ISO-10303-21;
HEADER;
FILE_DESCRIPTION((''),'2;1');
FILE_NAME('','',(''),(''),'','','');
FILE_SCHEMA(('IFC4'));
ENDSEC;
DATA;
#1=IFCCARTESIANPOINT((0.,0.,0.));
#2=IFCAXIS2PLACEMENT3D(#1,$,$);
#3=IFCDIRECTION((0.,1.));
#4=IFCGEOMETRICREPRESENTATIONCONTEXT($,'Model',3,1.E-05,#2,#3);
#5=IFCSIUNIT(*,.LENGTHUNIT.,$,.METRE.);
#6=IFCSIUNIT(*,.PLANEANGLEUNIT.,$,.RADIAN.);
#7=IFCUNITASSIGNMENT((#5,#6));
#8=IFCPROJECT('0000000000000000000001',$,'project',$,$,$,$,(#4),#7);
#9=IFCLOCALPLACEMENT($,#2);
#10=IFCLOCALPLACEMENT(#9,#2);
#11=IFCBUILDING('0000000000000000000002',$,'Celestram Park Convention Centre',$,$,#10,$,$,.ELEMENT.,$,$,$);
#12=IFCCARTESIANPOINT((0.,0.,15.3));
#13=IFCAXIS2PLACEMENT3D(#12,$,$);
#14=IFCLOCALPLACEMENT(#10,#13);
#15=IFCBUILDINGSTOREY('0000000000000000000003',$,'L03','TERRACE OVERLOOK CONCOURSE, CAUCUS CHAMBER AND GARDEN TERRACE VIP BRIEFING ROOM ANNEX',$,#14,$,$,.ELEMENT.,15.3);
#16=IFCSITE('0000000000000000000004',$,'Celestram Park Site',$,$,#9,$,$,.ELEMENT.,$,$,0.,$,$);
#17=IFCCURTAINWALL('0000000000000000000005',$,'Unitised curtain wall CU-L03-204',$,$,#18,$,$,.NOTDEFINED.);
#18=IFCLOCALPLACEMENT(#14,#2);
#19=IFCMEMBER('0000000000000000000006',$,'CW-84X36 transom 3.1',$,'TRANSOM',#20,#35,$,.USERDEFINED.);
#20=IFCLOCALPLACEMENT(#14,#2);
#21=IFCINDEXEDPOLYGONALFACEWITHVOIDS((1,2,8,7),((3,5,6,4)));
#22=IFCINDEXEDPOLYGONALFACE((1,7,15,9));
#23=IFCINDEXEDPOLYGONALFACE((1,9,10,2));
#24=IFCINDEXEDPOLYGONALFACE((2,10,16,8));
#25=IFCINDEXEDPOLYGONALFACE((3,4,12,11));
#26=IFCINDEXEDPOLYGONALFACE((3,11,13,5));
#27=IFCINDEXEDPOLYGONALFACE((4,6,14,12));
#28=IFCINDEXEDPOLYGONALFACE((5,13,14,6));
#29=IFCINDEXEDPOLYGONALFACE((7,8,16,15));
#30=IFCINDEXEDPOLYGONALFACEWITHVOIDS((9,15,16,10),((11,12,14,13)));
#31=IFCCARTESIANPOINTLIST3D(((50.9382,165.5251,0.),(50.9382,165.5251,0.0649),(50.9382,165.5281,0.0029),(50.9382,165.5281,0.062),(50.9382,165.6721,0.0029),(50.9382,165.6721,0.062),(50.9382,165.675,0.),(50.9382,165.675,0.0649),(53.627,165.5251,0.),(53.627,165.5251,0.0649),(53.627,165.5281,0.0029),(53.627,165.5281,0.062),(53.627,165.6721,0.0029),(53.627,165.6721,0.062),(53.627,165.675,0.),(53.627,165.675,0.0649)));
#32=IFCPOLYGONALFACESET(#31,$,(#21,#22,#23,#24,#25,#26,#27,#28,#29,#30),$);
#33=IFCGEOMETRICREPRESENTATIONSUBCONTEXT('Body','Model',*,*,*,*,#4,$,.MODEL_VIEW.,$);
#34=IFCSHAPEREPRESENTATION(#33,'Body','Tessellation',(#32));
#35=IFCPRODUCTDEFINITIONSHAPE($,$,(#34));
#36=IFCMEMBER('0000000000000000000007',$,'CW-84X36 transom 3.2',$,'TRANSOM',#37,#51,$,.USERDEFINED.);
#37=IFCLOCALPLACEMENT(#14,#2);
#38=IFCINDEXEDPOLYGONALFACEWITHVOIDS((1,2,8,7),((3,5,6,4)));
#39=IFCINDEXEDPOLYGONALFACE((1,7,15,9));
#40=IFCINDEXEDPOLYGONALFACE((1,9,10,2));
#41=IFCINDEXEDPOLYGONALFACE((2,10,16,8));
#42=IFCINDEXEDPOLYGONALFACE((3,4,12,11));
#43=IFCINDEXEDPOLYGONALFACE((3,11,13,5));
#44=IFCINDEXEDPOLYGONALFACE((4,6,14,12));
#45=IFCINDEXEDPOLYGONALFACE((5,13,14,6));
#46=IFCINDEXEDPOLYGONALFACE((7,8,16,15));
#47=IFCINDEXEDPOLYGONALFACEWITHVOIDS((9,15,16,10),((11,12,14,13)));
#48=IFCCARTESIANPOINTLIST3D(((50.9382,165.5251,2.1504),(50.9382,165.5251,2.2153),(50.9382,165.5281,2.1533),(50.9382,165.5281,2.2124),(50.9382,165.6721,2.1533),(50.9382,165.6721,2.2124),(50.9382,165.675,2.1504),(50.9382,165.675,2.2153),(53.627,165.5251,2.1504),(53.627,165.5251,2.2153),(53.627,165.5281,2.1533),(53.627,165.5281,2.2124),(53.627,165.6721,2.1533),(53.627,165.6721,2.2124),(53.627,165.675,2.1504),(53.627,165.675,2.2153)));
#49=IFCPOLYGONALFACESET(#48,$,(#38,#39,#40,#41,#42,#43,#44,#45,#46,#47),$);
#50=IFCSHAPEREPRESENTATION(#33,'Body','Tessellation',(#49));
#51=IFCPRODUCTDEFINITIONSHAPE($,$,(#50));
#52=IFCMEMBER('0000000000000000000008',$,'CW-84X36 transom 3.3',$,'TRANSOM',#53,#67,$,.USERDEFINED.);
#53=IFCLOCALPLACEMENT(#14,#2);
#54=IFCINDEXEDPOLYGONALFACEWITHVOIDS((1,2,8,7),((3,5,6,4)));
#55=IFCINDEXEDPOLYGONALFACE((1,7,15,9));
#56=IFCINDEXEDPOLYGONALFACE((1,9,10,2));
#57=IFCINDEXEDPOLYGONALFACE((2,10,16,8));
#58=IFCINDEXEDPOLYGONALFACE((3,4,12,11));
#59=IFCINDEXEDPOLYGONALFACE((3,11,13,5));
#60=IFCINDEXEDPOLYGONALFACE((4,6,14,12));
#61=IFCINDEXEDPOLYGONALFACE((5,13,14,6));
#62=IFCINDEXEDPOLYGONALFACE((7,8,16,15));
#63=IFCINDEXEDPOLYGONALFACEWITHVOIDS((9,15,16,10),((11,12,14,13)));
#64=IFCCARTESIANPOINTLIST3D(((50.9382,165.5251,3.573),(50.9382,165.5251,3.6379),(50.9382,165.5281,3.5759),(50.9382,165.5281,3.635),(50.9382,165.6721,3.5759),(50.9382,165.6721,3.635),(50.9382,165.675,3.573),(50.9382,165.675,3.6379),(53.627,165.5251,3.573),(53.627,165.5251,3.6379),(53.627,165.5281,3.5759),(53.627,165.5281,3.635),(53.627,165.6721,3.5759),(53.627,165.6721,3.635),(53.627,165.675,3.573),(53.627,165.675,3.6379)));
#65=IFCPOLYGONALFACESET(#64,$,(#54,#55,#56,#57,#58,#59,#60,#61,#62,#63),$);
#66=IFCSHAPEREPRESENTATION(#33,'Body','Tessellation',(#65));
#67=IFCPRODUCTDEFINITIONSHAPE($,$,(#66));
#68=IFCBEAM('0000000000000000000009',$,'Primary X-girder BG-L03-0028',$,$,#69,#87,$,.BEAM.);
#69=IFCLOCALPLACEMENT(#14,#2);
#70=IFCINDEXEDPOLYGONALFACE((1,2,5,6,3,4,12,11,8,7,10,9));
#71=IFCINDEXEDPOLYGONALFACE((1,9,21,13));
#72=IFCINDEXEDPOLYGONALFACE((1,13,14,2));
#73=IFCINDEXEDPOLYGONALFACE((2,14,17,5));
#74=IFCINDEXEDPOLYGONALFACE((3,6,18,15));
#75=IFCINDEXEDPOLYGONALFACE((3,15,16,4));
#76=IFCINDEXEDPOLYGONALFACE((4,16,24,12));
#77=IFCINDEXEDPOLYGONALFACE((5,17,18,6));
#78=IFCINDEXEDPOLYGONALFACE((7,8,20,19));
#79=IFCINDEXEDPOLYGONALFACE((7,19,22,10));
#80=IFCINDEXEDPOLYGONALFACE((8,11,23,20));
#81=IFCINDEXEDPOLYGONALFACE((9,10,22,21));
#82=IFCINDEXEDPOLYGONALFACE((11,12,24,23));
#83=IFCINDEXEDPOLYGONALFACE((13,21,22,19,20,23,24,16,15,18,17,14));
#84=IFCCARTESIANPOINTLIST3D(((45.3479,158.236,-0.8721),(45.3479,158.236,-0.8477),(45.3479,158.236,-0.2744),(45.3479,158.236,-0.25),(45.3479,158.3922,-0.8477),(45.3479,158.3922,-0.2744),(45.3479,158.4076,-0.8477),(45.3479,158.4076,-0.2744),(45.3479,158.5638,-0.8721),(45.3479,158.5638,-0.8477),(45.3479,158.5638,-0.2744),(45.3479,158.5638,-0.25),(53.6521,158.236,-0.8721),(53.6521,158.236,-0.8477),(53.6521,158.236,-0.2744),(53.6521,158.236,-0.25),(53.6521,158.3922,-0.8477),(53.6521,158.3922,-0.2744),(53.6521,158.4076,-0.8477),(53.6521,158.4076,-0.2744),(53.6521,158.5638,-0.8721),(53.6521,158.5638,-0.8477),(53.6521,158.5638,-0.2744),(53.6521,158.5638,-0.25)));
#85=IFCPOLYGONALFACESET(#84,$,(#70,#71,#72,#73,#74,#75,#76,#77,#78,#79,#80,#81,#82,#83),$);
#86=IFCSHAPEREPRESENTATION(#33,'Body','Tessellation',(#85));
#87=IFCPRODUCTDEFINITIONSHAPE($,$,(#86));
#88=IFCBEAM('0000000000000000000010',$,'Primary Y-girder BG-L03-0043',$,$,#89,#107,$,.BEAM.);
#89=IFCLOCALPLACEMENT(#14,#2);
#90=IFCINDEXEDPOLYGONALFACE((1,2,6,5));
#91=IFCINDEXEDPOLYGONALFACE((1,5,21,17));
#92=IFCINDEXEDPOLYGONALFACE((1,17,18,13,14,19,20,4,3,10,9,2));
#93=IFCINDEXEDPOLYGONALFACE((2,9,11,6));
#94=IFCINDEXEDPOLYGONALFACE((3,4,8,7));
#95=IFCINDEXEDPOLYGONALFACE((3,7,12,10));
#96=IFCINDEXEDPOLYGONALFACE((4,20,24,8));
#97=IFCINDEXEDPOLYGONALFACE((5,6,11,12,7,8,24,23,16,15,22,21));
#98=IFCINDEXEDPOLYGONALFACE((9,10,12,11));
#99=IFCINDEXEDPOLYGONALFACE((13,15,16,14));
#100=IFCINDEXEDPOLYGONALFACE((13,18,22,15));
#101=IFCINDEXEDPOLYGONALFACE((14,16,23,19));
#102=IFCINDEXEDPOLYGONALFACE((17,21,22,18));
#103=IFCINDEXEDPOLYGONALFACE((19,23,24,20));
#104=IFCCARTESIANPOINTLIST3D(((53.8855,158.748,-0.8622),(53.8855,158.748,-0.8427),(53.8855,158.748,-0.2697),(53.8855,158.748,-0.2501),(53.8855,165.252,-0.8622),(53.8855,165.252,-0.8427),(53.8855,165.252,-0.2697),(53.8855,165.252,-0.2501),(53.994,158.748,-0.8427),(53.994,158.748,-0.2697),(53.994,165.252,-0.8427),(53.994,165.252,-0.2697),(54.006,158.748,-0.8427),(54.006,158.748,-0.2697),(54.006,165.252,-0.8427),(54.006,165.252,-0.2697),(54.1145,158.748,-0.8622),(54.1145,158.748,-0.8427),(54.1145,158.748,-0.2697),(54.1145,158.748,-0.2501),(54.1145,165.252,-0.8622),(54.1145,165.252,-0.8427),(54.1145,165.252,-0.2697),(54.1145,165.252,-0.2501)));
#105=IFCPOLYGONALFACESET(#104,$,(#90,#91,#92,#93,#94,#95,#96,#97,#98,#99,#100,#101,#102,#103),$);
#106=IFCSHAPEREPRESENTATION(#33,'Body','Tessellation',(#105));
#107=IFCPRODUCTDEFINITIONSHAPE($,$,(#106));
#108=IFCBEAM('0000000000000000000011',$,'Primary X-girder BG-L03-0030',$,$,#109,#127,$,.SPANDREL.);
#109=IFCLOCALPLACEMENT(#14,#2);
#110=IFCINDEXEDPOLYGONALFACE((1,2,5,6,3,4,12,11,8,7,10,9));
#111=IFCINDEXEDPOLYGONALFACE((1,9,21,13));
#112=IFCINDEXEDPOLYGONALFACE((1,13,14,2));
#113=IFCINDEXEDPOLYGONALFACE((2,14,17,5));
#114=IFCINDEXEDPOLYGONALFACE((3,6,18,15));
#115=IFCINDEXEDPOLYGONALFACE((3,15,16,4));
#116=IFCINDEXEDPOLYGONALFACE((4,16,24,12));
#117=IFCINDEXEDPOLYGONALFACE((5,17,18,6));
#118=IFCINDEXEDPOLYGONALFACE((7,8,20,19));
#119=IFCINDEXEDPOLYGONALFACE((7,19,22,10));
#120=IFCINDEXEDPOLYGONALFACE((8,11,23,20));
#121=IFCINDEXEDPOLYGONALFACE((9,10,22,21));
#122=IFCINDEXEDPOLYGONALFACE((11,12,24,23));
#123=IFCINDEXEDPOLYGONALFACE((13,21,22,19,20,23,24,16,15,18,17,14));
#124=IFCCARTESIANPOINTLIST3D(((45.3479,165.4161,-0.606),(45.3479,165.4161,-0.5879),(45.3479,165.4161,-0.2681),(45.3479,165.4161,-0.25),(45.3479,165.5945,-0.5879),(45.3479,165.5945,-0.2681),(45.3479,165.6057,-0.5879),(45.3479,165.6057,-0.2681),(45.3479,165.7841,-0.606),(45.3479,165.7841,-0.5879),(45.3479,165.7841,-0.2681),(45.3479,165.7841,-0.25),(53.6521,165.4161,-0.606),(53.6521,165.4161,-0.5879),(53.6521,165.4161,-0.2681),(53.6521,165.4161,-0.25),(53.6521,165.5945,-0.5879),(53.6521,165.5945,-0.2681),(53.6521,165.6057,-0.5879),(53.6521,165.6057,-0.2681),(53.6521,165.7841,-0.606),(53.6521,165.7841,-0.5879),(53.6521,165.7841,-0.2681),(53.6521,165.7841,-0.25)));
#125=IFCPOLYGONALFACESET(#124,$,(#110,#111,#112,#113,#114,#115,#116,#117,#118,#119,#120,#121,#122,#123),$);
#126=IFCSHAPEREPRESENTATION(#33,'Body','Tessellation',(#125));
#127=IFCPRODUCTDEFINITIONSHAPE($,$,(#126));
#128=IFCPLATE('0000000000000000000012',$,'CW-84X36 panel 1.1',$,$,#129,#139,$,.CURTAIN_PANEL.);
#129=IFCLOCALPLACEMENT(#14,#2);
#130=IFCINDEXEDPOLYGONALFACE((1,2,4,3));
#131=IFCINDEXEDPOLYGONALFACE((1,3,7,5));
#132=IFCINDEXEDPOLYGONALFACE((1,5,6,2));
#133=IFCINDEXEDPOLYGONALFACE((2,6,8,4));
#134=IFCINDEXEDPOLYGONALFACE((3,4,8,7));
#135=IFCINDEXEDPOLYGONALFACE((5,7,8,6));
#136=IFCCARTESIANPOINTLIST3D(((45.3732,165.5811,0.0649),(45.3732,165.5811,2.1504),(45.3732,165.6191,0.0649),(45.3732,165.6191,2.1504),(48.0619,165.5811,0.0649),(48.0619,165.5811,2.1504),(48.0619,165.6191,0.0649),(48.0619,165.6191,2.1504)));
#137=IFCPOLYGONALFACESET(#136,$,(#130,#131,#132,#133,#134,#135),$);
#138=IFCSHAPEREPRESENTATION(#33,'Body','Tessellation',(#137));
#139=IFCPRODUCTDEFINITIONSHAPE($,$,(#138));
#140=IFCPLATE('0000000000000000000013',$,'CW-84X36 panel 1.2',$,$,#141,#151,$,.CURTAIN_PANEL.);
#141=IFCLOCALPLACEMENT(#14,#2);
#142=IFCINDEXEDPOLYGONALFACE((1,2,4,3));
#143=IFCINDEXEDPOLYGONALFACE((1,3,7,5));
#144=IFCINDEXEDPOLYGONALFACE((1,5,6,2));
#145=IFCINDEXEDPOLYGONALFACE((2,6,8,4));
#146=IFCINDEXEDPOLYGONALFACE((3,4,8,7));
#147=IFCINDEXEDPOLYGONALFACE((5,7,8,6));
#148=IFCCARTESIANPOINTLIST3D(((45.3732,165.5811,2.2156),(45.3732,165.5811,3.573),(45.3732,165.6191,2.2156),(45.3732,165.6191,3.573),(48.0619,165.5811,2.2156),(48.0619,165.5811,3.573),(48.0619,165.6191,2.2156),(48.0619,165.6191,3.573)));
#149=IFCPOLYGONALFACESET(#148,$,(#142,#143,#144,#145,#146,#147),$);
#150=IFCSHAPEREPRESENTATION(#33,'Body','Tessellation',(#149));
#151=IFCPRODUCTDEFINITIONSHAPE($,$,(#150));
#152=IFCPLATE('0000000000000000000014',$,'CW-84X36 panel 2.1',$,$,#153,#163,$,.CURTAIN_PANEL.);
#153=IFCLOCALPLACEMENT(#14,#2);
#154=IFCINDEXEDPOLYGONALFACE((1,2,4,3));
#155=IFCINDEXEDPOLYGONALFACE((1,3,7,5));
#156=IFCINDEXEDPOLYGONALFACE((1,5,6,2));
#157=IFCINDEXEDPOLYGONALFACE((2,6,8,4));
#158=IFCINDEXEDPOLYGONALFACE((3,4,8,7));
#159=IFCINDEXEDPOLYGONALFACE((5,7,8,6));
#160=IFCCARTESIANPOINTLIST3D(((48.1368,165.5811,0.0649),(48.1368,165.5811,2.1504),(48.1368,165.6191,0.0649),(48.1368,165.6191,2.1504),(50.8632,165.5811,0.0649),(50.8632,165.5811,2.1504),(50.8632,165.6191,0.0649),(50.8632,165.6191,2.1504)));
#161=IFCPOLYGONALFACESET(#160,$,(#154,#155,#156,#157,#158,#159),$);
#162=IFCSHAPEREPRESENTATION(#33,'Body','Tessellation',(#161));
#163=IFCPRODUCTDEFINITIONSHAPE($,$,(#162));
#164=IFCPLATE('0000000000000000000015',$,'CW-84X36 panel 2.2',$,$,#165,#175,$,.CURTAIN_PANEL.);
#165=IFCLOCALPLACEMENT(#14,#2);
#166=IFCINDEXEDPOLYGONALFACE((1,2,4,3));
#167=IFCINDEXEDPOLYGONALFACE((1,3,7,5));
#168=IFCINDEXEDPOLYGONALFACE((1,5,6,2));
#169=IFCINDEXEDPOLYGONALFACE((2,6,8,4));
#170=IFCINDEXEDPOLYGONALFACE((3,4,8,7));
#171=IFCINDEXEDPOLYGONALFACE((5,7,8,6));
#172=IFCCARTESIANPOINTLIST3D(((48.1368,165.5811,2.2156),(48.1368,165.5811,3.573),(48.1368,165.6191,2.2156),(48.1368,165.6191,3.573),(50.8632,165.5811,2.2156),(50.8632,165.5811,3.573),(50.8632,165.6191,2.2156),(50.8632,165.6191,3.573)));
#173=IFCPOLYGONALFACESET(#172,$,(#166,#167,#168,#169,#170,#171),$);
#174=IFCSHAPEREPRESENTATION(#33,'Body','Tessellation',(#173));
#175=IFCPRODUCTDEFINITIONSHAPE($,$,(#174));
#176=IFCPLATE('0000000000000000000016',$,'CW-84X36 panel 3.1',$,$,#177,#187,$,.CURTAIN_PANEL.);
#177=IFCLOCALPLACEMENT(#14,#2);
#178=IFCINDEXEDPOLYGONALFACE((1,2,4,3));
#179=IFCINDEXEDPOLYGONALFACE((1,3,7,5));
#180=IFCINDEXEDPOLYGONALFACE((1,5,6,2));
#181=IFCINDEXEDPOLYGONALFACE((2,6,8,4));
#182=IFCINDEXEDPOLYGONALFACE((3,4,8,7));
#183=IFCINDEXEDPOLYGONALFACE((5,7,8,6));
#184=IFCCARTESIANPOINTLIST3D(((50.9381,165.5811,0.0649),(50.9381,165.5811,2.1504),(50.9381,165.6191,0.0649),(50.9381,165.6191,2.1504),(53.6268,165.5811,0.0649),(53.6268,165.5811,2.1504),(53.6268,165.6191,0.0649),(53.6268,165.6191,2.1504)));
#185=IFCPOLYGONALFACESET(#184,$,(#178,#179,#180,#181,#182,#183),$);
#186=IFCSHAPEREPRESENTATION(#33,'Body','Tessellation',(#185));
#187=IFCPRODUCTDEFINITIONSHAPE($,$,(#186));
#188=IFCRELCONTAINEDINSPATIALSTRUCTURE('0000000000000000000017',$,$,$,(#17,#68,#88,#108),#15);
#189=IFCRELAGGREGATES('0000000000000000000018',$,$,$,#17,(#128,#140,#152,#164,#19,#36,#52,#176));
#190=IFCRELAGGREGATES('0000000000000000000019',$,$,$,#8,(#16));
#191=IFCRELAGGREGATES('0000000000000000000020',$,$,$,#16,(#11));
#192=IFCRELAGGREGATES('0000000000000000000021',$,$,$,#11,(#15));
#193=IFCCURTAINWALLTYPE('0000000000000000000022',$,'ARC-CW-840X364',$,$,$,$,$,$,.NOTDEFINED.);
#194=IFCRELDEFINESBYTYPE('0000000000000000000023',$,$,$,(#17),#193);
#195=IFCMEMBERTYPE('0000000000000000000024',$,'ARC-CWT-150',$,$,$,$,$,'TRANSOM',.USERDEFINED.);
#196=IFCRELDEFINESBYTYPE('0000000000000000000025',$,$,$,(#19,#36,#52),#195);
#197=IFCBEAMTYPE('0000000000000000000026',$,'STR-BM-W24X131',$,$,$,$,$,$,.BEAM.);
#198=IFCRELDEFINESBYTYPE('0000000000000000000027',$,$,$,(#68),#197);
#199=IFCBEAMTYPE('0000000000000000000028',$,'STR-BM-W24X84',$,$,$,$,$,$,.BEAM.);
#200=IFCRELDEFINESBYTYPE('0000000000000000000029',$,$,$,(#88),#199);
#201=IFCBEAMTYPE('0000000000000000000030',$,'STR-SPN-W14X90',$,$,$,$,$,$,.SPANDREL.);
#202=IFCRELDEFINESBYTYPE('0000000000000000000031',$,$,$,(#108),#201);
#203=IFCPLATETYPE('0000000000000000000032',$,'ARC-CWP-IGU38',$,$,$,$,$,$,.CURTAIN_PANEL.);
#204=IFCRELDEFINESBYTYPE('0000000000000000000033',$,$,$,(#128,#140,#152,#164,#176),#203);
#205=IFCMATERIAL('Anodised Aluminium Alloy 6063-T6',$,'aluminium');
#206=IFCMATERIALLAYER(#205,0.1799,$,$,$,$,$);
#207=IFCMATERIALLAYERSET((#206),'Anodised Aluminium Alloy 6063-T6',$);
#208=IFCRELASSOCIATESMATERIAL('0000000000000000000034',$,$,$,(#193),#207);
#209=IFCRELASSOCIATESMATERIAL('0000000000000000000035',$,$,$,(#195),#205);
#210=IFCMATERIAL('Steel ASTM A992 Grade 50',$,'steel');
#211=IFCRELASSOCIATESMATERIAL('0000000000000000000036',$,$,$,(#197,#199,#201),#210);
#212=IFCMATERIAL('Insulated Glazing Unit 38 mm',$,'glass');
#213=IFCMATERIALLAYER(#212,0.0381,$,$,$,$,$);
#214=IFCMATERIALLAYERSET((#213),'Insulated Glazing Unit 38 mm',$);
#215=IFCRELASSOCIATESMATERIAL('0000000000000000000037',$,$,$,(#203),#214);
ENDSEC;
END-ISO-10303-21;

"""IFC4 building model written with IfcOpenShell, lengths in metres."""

from ifc_helpers import new_model, si_unit, direction, frame, origin, origin_2d, place, context, subcontext, project, spatial, rectangle, hollow_rectangle, i_section, extrude, material, layer, layer_set, material_profile, profile_set, type_object, element, aggregate, save


model = new_model("IFC4")

# Units and contexts
model_context = context("Model", 3, precision=1e-05, world=origin(), true_north=direction((0.0, 1.0)))
body_context = subcontext(model_context, "Body", "Model", "MODEL_VIEW")
ifc_project = project(units=[si_unit("LENGTHUNIT", "METRE"), si_unit("PLANEANGLEUNIT", "RADIAN")], contexts=[model_context])

# Site, building, storey
site_placement = place(None, origin())
site = spatial("IfcSite", under=ifc_project, at=site_placement, Name="Celestram Park Site", CompositionType="ELEMENT", RefElevation=0.0)
building_placement = place(site_placement, origin())
building = spatial("IfcBuilding", under=site, at=building_placement, Name="Celestram Park Convention Centre", CompositionType="ELEMENT")
storey_placement = place(building_placement, frame((0.0, 0.0, 15.3)))
storey = spatial("IfcBuildingStorey", under=building, at=storey_placement, Name="L03", Description="TERRACE OVERLOOK CONCOURSE, CAUCUS CHAMBER AND GARDEN TERRACE VIP BRIEFING ROOM ANNEX", CompositionType="ELEMENT", Elevation=15.3)

# Curtain wall, members
ifc_material_1 = material(Name="Anodised Aluminium Alloy 6063-T6", Category="aluminium")
ifc_layer_1 = layer(ifc_material_1, 0.1799)
ifc_layer_set_1 = layer_set([ifc_layer_1], Name="Anodised Aluminium Alloy 6063-T6")
curtain_wall_type = type_object("IfcCurtainWallType", Name="ARC-CW-840X364", PredefinedType="NOTDEFINED", material=ifc_layer_set_1)
curtain_wall_placement = place(storey_placement, origin())
curtain_wall = element("IfcCurtainWall", 1, at=curtain_wall_placement, inside=storey, type_object=curtain_wall_type, Name="Unitised curtain wall CU-L03-204", PredefinedType="NOTDEFINED")
ifc_material_profile_1 = material_profile(ifc_material_1, hollow_rectangle(XDim=0.1499, YDim=0.0649, WallThickness=0.0029, at=origin_2d()), Name="ALU150X65X3")
ifc_profile_set_1 = profile_set([ifc_material_profile_1], Name="Anodised Aluminium Alloy 6063-T6")
member_type_1 = type_object("IfcMemberType", Name="ARC-CWT-150", ElementType="TRANSOM", PredefinedType="USERDEFINED", material=ifc_profile_set_1)
member_1_placement = place(storey_placement, frame((50.9382, 165.6001, 0.0325), z_axis=(1.0, 0.0, 0.0), x_axis=(0.0, 1.0, 0.0)))
member_1 = element("IfcMember", 2, at=member_1_placement, type_object=member_type_1, Name="CW-84X36 transom 3.1", ObjectType="TRANSOM", PredefinedType="USERDEFINED", context=body_context, shape_type="SweptSolid", body=[
    extrude(hollow_rectangle(XDim=0.1499, YDim=0.0649, WallThickness=0.0029, at=origin_2d()), origin(), (0.0, 0.0, 1.0), 2.6887),
])
member_2_placement = place(storey_placement, frame((50.9382, 165.6001, 2.1829), z_axis=(1.0, 0.0, 0.0), x_axis=(0.0, 1.0, 0.0)))
member_2 = element("IfcMember", 3, at=member_2_placement, type_object=member_type_1, Name="CW-84X36 transom 3.2", ObjectType="TRANSOM", PredefinedType="USERDEFINED", context=body_context, shape_type="SweptSolid", body=[
    extrude(hollow_rectangle(XDim=0.1499, YDim=0.0649, WallThickness=0.0029, at=origin_2d()), origin(), (0.0, 0.0, 1.0), 2.6887),
])
member_3_placement = place(storey_placement, frame((50.9382, 165.6001, 3.6055), z_axis=(1.0, 0.0, 0.0), x_axis=(0.0, 1.0, 0.0)))
member_3 = element("IfcMember", 4, at=member_3_placement, type_object=member_type_1, Name="CW-84X36 transom 3.3", ObjectType="TRANSOM", PredefinedType="USERDEFINED", context=body_context, shape_type="SweptSolid", body=[
    extrude(hollow_rectangle(XDim=0.1499, YDim=0.0649, WallThickness=0.0029, at=origin_2d()), origin(), (0.0, 0.0, 1.0), 2.6887),
])

# Beams
ifc_material_2 = material(Name="Steel ASTM A992 Grade 50", Category="steel")
ifc_material_profile_2 = material_profile(ifc_material_2, i_section(OverallWidth=0.3279, OverallDepth=0.6221, WebThickness=0.0154, FlangeThickness=0.0244, at=origin_2d()), Name="W24X131")
ifc_profile_set_2 = profile_set([ifc_material_profile_2], Name="Steel ASTM A992 Grade 50")
beam_type_1 = type_object("IfcBeamType", Name="STR-BM-W24X131", PredefinedType="BEAM", material=ifc_profile_set_2)
beam_1_placement = place(storey_placement, frame((45.3479, 158.3999, -0.561), z_axis=(1.0, 0.0, 0.0), x_axis=(0.0, 1.0, 0.0)))
element("IfcBeam", 5, at=beam_1_placement, inside=storey, type_object=beam_type_1, Name="Primary X-girder BG-L03-0028", PredefinedType="BEAM", context=body_context, shape_type="SweptSolid", body=[
    extrude(i_section(OverallWidth=0.3279, OverallDepth=0.6221, WebThickness=0.0154, FlangeThickness=0.0244, at=origin_2d()), origin(), (0.0, 0.0, 1.0), 8.3042),
])
ifc_material_profile_3 = material_profile(ifc_material_2, i_section(OverallWidth=0.229, OverallDepth=0.6121, WebThickness=0.012, FlangeThickness=0.0195, at=origin_2d()), Name="W24X84")
ifc_profile_set_3 = profile_set([ifc_material_profile_3], Name="Steel ASTM A992 Grade 50")
beam_type_2 = type_object("IfcBeamType", Name="STR-BM-W24X84", PredefinedType="BEAM", material=ifc_profile_set_3)
beam_2_placement = place(storey_placement, frame((54.0, 158.748, -0.5562), z_axis=(0.0, 1.0, 0.0), x_axis=(-1.0, 0.0, 0.0)))
element("IfcBeam", 6, at=beam_2_placement, inside=storey, type_object=beam_type_2, Name="Primary Y-girder BG-L03-0043", PredefinedType="BEAM", context=body_context, shape_type="SweptSolid", body=[
    extrude(i_section(OverallWidth=0.229, OverallDepth=0.6121, WebThickness=0.012, FlangeThickness=0.0195, at=origin_2d()), origin(), (0.0, 0.0, 1.0), 6.5039),
])
ifc_material_profile_4 = material_profile(ifc_material_2, i_section(OverallWidth=0.3679, OverallDepth=0.356, WebThickness=0.0112, FlangeThickness=0.0181, at=origin_2d()), Name="W14X90")
ifc_profile_set_4 = profile_set([ifc_material_profile_4], Name="Steel ASTM A992 Grade 50")
beam_type_3 = type_object("IfcBeamType", Name="STR-SPN-W14X90", PredefinedType="SPANDREL", material=ifc_profile_set_4)
beam_3_placement = place(storey_placement, frame((45.3479, 165.6001, -0.428), z_axis=(1.0, 0.0, 0.0), x_axis=(0.0, 1.0, 0.0)))
element("IfcBeam", 7, at=beam_3_placement, inside=storey, type_object=beam_type_3, Name="Primary X-girder BG-L03-0030", PredefinedType="SPANDREL", context=body_context, shape_type="SweptSolid", body=[
    extrude(i_section(OverallWidth=0.3679, OverallDepth=0.356, WebThickness=0.0112, FlangeThickness=0.0181, at=origin_2d()), origin(), (0.0, 0.0, 1.0), 8.3042),
])

# Plates
ifc_material_3 = material(Name="Insulated Glazing Unit 38 mm", Category="glass")
ifc_layer_2 = layer(ifc_material_3, 0.0381)
ifc_layer_set_2 = layer_set([ifc_layer_2], Name="Insulated Glazing Unit 38 mm")
plate_type = type_object("IfcPlateType", Name="ARC-CWP-IGU38", PredefinedType="CURTAIN_PANEL", material=ifc_layer_set_2)
plate_1_placement = place(storey_placement, frame((46.7175, 165.6001, 0.0649), z_axis=(0.0, 0.0, 1.0), x_axis=(1.0, 0.0, 0.0)))
plate_1 = element("IfcPlate", 8, at=plate_1_placement, type_object=plate_type, Name="CW-84X36 panel 1.1", PredefinedType="CURTAIN_PANEL", context=body_context, shape_type="SweptSolid", body=[
    extrude(rectangle(XDim=2.6887, YDim=0.0381, at=origin_2d()), origin(), (0.0, 0.0, 1.0), 2.0854),
])
plate_2_placement = place(storey_placement, frame((46.7175, 165.6001, 2.2156), z_axis=(0.0, 0.0, 1.0), x_axis=(1.0, 0.0, 0.0)))
plate_2 = element("IfcPlate", 9, at=plate_2_placement, type_object=plate_type, Name="CW-84X36 panel 1.2", PredefinedType="CURTAIN_PANEL", context=body_context, shape_type="SweptSolid", body=[
    extrude(rectangle(XDim=2.6887, YDim=0.0381, at=origin_2d()), origin(), (0.0, 0.0, 1.0), 1.3574),
])
plate_3_placement = place(storey_placement, frame((49.5, 165.6001, 0.0649), z_axis=(0.0, 0.0, 1.0), x_axis=(1.0, 0.0, 0.0)))
plate_3 = element("IfcPlate", 10, at=plate_3_placement, type_object=plate_type, Name="CW-84X36 panel 2.1", PredefinedType="CURTAIN_PANEL", context=body_context, shape_type="SweptSolid", body=[
    extrude(rectangle(XDim=2.7263, YDim=0.0381, at=origin_2d()), origin(), (0.0, 0.0, 1.0), 2.0854),
])
plate_4_placement = place(storey_placement, frame((49.5, 165.6001, 2.2156), z_axis=(0.0, 0.0, 1.0), x_axis=(1.0, 0.0, 0.0)))
plate_4 = element("IfcPlate", 11, at=plate_4_placement, type_object=plate_type, Name="CW-84X36 panel 2.2", PredefinedType="CURTAIN_PANEL", context=body_context, shape_type="SweptSolid", body=[
    extrude(rectangle(XDim=2.7263, YDim=0.0381, at=origin_2d()), origin(), (0.0, 0.0, 1.0), 1.3574),
])
plate_5_placement = place(storey_placement, frame((52.2825, 165.6001, 0.0649), z_axis=(0.0, 0.0, 1.0), x_axis=(1.0, 0.0, 0.0)))
plate_5 = element("IfcPlate", 12, at=plate_5_placement, type_object=plate_type, Name="CW-84X36 panel 3.1", PredefinedType="CURTAIN_PANEL", context=body_context, shape_type="SweptSolid", body=[
    extrude(rectangle(XDim=2.6887, YDim=0.0381, at=origin_2d()), origin(), (0.0, 0.0, 1.0), 2.0854),
])
aggregate(curtain_wall, [plate_1, plate_2, plate_3, plate_4, member_1, member_2, member_3, plate_5])

save(model, "model.ifc")
